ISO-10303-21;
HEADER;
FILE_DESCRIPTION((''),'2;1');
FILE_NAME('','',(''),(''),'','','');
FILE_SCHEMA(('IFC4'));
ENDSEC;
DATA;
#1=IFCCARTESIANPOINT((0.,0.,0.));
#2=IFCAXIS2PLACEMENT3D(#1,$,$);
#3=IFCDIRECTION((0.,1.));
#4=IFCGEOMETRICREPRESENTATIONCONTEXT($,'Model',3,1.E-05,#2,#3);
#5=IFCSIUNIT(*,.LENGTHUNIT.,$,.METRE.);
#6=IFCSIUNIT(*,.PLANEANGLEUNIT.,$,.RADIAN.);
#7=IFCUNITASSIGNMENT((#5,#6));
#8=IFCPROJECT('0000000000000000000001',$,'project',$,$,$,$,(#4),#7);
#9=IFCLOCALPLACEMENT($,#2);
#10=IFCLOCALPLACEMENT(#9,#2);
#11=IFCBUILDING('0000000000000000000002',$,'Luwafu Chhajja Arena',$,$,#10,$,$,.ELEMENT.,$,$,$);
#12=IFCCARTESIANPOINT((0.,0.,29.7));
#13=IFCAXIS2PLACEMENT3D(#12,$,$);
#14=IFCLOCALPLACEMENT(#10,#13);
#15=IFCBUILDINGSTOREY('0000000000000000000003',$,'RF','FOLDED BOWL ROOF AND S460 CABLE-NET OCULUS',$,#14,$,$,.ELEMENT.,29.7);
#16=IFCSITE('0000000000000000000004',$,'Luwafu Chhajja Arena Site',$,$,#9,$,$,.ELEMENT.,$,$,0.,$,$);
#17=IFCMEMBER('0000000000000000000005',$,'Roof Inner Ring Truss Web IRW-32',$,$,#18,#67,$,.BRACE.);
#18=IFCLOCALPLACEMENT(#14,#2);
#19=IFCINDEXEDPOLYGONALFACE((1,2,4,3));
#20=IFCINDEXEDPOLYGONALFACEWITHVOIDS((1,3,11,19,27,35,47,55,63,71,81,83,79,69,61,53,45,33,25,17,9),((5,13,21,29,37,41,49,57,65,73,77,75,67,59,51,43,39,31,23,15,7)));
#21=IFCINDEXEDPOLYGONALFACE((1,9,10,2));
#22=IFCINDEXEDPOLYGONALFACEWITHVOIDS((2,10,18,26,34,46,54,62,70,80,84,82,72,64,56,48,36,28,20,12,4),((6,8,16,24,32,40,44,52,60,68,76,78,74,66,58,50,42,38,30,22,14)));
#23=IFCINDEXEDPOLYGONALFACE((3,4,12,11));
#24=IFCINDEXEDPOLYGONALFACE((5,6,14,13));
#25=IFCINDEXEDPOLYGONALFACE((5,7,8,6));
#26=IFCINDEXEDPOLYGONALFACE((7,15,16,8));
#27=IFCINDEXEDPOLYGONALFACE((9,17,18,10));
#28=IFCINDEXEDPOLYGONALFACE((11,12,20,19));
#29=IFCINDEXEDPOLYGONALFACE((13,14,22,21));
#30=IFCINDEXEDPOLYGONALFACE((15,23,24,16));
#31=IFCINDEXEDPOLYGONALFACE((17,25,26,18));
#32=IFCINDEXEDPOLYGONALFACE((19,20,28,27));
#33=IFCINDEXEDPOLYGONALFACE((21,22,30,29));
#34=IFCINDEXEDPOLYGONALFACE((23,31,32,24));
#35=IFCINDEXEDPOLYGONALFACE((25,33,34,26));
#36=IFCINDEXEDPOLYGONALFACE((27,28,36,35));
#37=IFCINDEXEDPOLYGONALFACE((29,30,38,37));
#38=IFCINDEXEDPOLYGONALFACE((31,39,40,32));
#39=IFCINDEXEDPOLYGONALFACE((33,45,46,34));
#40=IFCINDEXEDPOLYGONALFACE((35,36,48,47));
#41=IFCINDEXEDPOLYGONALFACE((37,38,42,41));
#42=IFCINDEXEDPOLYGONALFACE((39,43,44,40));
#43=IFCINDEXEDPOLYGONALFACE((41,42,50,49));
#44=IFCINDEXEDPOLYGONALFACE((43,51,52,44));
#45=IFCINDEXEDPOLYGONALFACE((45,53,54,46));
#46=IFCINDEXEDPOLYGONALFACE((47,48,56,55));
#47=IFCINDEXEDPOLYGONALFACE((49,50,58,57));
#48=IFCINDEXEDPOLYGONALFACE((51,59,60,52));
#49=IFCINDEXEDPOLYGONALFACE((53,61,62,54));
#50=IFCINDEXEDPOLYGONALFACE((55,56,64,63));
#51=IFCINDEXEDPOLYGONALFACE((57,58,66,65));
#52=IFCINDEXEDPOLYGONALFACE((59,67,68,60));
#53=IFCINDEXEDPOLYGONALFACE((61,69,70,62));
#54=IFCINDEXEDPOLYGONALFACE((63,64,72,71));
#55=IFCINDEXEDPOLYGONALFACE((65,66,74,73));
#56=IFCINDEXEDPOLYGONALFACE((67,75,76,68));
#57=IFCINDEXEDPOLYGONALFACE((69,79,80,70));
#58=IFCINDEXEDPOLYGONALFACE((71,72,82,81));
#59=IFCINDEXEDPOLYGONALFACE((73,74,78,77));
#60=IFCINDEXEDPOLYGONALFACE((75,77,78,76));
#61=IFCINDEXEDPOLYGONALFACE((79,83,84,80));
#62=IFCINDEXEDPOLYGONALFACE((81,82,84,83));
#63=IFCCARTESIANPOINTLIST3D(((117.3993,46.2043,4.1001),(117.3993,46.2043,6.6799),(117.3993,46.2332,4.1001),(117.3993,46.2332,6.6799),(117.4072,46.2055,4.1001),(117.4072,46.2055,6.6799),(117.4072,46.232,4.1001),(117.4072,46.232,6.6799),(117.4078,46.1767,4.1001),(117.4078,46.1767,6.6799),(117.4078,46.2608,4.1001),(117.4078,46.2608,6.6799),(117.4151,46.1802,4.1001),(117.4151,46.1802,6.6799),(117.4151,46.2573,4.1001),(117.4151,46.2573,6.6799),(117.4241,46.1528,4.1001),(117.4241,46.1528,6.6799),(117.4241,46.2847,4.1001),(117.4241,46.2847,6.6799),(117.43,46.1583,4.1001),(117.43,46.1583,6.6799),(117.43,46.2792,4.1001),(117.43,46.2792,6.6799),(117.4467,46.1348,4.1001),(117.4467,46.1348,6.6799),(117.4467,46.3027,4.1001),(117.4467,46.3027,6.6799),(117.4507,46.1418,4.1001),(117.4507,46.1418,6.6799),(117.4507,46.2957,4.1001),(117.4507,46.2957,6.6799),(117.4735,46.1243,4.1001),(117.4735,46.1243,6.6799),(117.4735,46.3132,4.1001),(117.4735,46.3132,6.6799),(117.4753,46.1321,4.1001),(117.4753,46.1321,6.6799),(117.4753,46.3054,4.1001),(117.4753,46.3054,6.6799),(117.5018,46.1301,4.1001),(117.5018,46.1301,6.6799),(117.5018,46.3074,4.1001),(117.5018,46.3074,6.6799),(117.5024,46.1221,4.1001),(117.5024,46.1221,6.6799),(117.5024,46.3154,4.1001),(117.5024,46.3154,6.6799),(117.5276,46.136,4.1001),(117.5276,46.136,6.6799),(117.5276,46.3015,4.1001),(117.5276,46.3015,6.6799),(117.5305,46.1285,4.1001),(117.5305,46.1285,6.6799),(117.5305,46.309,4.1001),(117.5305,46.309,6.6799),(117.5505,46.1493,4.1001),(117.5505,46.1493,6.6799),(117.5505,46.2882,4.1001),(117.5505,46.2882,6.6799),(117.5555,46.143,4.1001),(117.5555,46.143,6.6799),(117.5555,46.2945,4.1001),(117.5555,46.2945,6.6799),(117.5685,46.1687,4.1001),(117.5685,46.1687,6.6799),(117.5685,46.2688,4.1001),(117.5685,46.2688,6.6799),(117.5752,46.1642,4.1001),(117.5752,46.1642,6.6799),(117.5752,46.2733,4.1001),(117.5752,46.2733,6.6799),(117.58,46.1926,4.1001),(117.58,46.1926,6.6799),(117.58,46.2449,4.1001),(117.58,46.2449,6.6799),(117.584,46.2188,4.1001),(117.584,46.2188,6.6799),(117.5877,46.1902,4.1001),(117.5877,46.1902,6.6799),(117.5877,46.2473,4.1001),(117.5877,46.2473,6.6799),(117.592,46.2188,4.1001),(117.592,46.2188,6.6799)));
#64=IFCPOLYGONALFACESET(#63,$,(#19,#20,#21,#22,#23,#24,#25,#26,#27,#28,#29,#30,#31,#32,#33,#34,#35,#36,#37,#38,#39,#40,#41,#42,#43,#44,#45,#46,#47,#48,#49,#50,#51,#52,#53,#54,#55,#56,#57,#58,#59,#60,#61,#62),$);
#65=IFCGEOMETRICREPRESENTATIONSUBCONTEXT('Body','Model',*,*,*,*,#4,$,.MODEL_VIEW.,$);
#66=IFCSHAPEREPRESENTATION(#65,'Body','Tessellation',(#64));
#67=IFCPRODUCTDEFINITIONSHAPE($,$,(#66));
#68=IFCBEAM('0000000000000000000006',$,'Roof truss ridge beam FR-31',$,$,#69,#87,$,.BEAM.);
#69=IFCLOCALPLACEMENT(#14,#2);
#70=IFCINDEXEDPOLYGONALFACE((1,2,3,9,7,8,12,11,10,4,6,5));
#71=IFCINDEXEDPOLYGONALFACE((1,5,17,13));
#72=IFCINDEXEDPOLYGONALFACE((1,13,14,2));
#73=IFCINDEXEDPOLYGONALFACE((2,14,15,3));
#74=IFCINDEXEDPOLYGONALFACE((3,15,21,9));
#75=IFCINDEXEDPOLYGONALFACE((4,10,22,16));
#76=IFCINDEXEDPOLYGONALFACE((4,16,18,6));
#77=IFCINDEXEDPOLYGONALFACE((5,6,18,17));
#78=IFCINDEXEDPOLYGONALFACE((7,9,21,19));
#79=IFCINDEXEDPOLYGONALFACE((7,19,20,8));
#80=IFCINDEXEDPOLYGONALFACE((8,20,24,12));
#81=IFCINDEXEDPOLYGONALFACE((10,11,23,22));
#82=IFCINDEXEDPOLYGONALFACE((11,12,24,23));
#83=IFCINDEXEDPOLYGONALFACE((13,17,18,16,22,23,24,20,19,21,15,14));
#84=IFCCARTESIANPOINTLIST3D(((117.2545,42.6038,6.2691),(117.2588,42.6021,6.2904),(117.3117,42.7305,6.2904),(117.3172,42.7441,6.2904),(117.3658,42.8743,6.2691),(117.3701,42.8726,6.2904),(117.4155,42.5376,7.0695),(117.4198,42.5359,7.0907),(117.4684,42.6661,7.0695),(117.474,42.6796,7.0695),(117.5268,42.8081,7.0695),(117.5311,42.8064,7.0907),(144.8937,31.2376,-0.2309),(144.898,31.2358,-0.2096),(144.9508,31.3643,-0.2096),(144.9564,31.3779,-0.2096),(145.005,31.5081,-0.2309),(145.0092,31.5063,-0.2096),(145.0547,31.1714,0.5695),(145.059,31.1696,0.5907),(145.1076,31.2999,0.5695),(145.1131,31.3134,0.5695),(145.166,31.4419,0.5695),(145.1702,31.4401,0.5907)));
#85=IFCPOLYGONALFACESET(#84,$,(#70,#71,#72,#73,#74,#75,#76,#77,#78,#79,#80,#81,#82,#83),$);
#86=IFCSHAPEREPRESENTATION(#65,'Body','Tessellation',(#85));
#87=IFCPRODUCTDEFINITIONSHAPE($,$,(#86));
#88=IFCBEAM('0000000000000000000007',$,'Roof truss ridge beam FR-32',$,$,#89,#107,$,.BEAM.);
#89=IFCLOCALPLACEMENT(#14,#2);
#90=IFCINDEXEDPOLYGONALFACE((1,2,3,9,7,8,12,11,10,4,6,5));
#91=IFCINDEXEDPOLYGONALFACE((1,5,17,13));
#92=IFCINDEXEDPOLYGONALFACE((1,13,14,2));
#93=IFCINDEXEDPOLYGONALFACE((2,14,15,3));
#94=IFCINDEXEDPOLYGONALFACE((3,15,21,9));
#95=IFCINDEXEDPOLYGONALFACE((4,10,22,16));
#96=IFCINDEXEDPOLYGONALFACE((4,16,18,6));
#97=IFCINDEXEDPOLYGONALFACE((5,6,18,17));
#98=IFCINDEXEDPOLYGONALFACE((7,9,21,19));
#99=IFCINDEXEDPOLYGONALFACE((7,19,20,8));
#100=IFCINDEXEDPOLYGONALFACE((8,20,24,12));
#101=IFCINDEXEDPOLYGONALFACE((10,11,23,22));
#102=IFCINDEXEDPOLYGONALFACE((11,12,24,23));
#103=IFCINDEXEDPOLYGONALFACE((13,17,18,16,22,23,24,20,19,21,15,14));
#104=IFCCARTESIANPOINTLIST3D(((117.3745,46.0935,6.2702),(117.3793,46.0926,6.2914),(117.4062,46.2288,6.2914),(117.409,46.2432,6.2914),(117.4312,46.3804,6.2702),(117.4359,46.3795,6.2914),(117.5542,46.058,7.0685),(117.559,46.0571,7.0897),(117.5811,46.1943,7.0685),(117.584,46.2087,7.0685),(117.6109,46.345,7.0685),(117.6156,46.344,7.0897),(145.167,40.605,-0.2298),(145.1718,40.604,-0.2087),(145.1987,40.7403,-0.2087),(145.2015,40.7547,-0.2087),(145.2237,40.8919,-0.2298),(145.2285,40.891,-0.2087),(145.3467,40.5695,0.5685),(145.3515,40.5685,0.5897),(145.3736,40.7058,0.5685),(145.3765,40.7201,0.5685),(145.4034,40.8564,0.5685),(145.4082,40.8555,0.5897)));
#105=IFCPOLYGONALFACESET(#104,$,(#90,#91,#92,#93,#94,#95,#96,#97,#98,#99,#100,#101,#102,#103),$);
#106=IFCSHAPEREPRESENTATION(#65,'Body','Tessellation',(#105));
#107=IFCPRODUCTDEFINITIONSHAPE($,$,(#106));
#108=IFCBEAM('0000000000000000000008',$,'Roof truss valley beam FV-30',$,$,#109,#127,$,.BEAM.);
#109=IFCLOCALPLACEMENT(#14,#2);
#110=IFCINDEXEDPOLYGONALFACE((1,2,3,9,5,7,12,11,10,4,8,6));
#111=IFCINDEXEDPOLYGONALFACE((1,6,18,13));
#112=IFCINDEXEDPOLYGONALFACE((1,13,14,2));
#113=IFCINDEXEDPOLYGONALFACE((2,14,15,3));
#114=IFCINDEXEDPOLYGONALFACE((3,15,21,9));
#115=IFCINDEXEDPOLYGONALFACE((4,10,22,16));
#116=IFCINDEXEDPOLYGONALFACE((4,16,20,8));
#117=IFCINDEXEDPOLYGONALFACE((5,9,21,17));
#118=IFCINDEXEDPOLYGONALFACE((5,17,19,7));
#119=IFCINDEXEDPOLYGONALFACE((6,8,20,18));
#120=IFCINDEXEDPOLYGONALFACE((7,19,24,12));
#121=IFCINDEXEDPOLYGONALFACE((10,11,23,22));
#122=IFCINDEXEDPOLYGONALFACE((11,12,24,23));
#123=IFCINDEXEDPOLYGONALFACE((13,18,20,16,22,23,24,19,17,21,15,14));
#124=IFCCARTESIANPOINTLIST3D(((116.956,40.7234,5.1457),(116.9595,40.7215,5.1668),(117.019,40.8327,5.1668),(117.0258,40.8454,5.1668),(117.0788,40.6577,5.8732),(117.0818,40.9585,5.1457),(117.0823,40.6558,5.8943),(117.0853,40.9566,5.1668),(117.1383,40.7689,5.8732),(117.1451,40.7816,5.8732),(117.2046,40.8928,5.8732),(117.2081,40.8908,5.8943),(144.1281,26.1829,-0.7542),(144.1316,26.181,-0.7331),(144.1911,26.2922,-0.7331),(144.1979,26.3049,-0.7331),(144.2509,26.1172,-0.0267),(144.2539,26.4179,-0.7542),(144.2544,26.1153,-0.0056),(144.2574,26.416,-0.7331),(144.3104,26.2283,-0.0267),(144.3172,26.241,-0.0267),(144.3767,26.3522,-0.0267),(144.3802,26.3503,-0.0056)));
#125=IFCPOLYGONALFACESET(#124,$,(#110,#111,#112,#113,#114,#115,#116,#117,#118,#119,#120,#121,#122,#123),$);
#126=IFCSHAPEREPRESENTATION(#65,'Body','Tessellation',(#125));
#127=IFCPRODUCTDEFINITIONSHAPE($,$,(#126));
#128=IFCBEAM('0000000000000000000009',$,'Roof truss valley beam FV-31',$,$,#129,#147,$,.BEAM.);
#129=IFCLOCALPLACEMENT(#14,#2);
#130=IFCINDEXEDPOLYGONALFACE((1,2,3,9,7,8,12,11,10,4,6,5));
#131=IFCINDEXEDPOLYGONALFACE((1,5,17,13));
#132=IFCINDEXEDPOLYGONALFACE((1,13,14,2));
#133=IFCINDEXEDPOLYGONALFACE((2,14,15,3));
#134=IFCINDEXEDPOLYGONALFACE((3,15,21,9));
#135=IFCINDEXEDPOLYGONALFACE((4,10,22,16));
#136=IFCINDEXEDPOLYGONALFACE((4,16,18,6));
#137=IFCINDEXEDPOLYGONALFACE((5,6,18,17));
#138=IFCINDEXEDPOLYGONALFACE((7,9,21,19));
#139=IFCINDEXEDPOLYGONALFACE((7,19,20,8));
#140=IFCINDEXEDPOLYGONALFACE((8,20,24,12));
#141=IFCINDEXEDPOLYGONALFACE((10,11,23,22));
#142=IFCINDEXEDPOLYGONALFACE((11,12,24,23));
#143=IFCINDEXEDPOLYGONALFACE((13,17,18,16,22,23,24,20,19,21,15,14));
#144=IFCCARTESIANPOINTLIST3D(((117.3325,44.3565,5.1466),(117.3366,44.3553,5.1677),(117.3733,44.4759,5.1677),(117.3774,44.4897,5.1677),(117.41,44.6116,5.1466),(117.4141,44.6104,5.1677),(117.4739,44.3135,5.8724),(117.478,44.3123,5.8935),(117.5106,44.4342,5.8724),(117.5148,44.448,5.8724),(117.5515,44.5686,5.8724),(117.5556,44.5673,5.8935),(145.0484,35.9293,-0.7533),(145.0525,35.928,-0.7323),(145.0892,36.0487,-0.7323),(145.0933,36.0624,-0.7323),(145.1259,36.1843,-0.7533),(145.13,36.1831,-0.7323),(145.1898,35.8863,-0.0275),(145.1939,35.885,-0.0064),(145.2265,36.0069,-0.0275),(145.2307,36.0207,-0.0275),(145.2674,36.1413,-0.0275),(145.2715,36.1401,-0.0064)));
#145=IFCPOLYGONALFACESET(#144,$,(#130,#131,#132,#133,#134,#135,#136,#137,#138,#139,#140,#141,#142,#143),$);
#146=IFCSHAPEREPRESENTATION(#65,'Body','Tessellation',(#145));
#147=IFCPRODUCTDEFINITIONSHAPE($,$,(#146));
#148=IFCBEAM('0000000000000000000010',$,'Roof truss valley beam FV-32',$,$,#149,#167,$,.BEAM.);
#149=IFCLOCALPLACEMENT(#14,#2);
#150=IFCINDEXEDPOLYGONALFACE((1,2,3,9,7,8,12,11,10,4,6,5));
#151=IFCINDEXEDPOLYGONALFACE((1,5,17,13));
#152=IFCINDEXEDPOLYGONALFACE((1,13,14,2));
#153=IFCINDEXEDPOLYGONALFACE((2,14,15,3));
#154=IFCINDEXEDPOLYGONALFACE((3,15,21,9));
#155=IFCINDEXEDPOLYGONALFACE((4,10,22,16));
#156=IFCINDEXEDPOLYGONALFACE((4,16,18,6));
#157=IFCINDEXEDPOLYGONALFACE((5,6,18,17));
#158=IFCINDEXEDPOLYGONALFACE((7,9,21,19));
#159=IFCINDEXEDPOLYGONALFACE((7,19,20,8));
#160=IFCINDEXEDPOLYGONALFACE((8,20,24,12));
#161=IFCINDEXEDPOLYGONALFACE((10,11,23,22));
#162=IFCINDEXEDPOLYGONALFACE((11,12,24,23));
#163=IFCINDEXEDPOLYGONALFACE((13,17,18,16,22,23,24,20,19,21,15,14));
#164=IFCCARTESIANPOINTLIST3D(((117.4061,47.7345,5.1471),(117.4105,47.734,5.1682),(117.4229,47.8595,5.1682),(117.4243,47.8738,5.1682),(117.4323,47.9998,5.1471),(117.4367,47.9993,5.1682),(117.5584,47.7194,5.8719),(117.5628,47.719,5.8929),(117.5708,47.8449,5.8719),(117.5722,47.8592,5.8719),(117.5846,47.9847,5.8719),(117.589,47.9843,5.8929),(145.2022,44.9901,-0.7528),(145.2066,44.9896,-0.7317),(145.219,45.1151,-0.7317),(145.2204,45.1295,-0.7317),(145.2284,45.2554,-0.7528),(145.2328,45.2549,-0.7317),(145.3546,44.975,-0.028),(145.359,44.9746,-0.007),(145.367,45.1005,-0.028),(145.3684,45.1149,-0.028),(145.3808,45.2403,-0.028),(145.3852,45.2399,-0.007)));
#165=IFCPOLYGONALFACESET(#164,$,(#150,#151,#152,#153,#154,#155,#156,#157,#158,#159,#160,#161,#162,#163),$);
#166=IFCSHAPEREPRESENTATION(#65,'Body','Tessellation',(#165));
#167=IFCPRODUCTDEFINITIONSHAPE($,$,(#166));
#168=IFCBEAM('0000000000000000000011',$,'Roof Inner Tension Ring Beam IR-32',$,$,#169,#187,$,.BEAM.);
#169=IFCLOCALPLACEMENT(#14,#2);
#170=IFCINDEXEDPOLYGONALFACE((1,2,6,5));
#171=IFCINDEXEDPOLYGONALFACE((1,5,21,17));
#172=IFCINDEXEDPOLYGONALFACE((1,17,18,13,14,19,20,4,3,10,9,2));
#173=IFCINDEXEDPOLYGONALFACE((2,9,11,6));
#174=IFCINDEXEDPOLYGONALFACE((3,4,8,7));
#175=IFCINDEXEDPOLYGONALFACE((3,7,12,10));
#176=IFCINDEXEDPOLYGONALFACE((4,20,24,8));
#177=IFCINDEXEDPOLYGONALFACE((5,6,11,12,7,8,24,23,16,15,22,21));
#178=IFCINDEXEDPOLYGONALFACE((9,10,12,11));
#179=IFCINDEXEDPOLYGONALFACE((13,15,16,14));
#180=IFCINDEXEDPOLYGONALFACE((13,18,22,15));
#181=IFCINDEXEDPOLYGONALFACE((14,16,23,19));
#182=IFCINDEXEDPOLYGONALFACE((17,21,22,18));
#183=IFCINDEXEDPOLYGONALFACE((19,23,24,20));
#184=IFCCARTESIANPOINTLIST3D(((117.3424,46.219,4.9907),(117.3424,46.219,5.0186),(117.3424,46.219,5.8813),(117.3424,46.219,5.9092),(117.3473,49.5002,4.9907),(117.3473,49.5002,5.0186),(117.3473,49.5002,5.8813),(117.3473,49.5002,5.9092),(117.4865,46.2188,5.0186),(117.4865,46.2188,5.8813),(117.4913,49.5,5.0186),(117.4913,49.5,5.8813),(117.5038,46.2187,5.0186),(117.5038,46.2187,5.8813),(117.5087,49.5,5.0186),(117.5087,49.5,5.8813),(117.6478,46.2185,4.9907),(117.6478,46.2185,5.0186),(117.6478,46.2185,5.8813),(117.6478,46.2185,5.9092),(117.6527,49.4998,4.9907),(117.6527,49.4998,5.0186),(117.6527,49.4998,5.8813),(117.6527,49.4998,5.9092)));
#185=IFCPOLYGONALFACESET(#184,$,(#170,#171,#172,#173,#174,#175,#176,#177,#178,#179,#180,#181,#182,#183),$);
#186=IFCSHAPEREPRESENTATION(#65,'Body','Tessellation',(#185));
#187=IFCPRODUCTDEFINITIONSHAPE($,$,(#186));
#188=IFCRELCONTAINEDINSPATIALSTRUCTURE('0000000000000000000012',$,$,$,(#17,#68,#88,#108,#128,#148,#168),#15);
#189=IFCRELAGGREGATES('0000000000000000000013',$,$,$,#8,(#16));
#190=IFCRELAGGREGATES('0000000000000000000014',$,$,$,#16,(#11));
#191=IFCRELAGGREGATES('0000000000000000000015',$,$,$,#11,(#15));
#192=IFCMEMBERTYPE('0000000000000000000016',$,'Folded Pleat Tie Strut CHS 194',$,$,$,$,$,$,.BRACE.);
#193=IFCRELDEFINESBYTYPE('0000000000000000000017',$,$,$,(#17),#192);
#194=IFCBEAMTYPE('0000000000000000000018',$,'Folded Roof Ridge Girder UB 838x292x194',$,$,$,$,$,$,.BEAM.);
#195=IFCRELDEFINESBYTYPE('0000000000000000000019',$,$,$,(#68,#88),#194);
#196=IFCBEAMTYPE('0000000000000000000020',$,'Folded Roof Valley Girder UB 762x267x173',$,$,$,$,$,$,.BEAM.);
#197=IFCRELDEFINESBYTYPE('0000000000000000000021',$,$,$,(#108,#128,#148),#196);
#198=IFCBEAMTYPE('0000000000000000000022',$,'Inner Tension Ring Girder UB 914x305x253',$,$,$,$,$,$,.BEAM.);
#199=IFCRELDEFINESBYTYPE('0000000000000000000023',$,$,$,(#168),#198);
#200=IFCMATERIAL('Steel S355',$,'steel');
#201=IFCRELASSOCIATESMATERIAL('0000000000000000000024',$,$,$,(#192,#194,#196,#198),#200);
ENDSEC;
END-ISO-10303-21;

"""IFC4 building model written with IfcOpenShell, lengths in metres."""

from ifc_helpers import new_model, si_unit, direction, frame, origin, origin_2d, place, context, subcontext, project, spatial, hollow_circle, i_section, extrude, material, material_profile, profile_set, type_object, element, save


model = new_model("IFC4")

# Units and contexts
model_context = context("Model", 3, precision=1e-05, world=origin(), true_north=direction((0.0, 1.0)))
body_context = subcontext(model_context, "Body", "Model", "MODEL_VIEW")
ifc_project = project(units=[si_unit("LENGTHUNIT", "METRE"), si_unit("PLANEANGLEUNIT", "RADIAN")], contexts=[model_context])

# Site, building, storey
site_placement = place(None, origin())
site = spatial("IfcSite", under=ifc_project, at=site_placement, Name="Luwafu Chhajja Arena Site", CompositionType="ELEMENT", RefElevation=0.0)
building_placement = place(site_placement, origin())
building = spatial("IfcBuilding", under=site, at=building_placement, Name="Luwafu Chhajja Arena", CompositionType="ELEMENT")
storey_placement = place(building_placement, frame((0.0, 0.0, 29.7)))
storey = spatial("IfcBuildingStorey", under=building, at=storey_placement, Name="RF", Description="FOLDED BOWL ROOF AND S460 CABLE-NET OCULUS", CompositionType="ELEMENT", Elevation=29.7)

# Member
ifc_material_1 = material(Name="Steel S355", Category="steel")
ifc_material_profile_1 = material_profile(ifc_material_1, hollow_circle(Radius=0.0969, WallThickness=0.0081, at=origin_2d()), Name="CHS 193.7x8")
ifc_profile_set_1 = profile_set([ifc_material_profile_1], Name="Steel S355")
member_type_1 = type_object("IfcMemberType", Name="Folded Pleat Tie Strut CHS 194", PredefinedType="BRACE", material=ifc_profile_set_1)
member_1_placement = place(storey_placement, frame((117.4951, 46.2188, 4.1001), z_axis=(0.0, 0.0, 1.0), x_axis=(1.0, 0.0, 0.0)))
element("IfcMember", 1, at=member_1_placement, inside=storey, type_object=member_type_1, Name="Roof Inner Ring Truss Web IRW-32", PredefinedType="BRACE", context=body_context, shape_type="SweptSolid", body=[
    extrude(hollow_circle(Radius=0.0969, WallThickness=0.0081, at=origin_2d()), origin(), (0.0, 0.0, 1.0), 2.5798),
])

# Beams
ifc_material_profile_2 = material_profile(ifc_material_1, i_section(OverallWidth=0.2925, OverallDepth=0.8408, WebThickness=0.0146, FlangeThickness=0.0217, at=origin_2d()), Name="UB 838x292x194")
ifc_profile_set_2 = profile_set([ifc_material_profile_2], Name="Steel S355")
beam_type_1 = type_object("IfcBeamType", Name="Folded Roof Ridge Girder UB 838x292x194", PredefinedType="BEAM", material=ifc_profile_set_2)
beam_1_placement = place(storey_placement, frame((145.032, 31.3389, 0.1799), z_axis=(-0.903721, 0.371643, 0.212531), x_axis=(-0.380331, -0.92485, 0.0)))
element("IfcBeam", 2, at=beam_1_placement, inside=storey, type_object=beam_type_1, Name="Roof truss ridge beam FR-31", PredefinedType="BEAM", context=body_context, shape_type="SweptSolid", body=[
    extrude(i_section(OverallWidth=0.2925, OverallDepth=0.8408, WebThickness=0.0146, FlangeThickness=0.0217, at=origin_2d()), origin(), (0.0, 0.0, 1.0), 30.5837),
])
beam_2_placement = place(storey_placement, frame((145.2876, 40.7302, 0.1799), z_axis=(-0.956206, 0.188834, 0.223634), x_axis=(-0.193741, -0.981053, 0.0)))
element("IfcBeam", 3, at=beam_2_placement, inside=storey, type_object=beam_type_1, Name="Roof truss ridge beam FR-32", PredefinedType="BEAM", context=body_context, shape_type="SweptSolid", body=[
    extrude(i_section(OverallWidth=0.2925, OverallDepth=0.8408, WebThickness=0.0146, FlangeThickness=0.0217, at=origin_2d()), origin(), (0.0, 0.0, 1.0), 29.0654),
])
ifc_material_profile_3 = material_profile(ifc_material_1, i_section(OverallWidth=0.2666, OverallDepth=0.7622, WebThickness=0.0144, FlangeThickness=0.0215, at=origin_2d()), Name="UB 762x267x173")
ifc_profile_set_3 = profile_set([ifc_material_profile_3], Name="Steel S355")
beam_type_2 = type_object("IfcBeamType", Name="Folded Roof Valley Girder UB 762x267x173", PredefinedType="BEAM", material=ifc_profile_set_3)
beam_3_placement = place(storey_placement, frame((144.2542, 26.2666, -0.3799), z_axis=(-0.865969, 0.463403, 0.188029), x_axis=(-0.471819, -0.881696, 0.0)))
element("IfcBeam", 4, at=beam_3_placement, inside=storey, type_object=beam_type_2, Name="Roof truss valley beam FV-30", PredefinedType="BEAM", context=body_context, shape_type="SweptSolid", body=[
    extrude(i_section(OverallWidth=0.2666, OverallDepth=0.7622, WebThickness=0.0144, FlangeThickness=0.0215, at=origin_2d()), origin(), (0.0, 0.0, 1.0), 31.3777),
])
beam_4_placement = place(storey_placement, frame((145.1599, 36.0347, -0.3799), z_axis=(-0.937505, 0.285057, 0.199568), x_axis=(-0.290909, -0.956751, 0.0)))
element("IfcBeam", 5, at=beam_4_placement, inside=storey, type_object=beam_type_2, Name="Roof truss valley beam FV-31", PredefinedType="BEAM", context=body_context, shape_type="SweptSolid", body=[
    extrude(i_section(OverallWidth=0.2666, OverallDepth=0.7622, WebThickness=0.0144, FlangeThickness=0.0215, at=origin_2d()), origin(), (0.0, 0.0, 1.0), 29.5635),
])
beam_5_placement = place(storey_placement, frame((145.2937, 45.115, -0.3799), z_axis=(-0.973677, 0.096134, 0.206669), x_axis=(-0.098255, -0.995161, 0.0)))
element("IfcBeam", 6, at=beam_5_placement, inside=storey, type_object=beam_type_2, Name="Roof truss valley beam FV-32", PredefinedType="BEAM", context=body_context, shape_type="SweptSolid", body=[
    extrude(i_section(OverallWidth=0.2666, OverallDepth=0.7622, WebThickness=0.0144, FlangeThickness=0.0215, at=origin_2d()), origin(), (0.0, 0.0, 1.0), 28.5476),
])
ifc_material_profile_4 = material_profile(ifc_material_1, i_section(OverallWidth=0.3054, OverallDepth=0.9185, WebThickness=0.0173, FlangeThickness=0.0278, at=origin_2d()), Name="UB 914x305x253")
ifc_profile_set_4 = profile_set([ifc_material_profile_4], Name="Steel S355")
beam_type_3 = type_object("IfcBeamType", Name="Inner Tension Ring Girder UB 914x305x253", PredefinedType="BEAM", material=ifc_profile_set_4)
beam_6_placement = place(storey_placement, frame((117.4951, 46.2188, 5.45), z_axis=(0.001488, 0.999999, 0.0), x_axis=(-0.999999, 0.001488, 0.0)))
element("IfcBeam", 7, at=beam_6_placement, inside=storey, type_object=beam_type_3, Name="Roof Inner Tension Ring Beam IR-32", PredefinedType="BEAM", context=body_context, shape_type="SweptSolid", body=[
    extrude(i_section(OverallWidth=0.3054, OverallDepth=0.9185, WebThickness=0.0173, FlangeThickness=0.0278, at=origin_2d()), origin(), (0.0, 0.0, 1.0), 3.2812),
])

save(model, "model.ifc")
